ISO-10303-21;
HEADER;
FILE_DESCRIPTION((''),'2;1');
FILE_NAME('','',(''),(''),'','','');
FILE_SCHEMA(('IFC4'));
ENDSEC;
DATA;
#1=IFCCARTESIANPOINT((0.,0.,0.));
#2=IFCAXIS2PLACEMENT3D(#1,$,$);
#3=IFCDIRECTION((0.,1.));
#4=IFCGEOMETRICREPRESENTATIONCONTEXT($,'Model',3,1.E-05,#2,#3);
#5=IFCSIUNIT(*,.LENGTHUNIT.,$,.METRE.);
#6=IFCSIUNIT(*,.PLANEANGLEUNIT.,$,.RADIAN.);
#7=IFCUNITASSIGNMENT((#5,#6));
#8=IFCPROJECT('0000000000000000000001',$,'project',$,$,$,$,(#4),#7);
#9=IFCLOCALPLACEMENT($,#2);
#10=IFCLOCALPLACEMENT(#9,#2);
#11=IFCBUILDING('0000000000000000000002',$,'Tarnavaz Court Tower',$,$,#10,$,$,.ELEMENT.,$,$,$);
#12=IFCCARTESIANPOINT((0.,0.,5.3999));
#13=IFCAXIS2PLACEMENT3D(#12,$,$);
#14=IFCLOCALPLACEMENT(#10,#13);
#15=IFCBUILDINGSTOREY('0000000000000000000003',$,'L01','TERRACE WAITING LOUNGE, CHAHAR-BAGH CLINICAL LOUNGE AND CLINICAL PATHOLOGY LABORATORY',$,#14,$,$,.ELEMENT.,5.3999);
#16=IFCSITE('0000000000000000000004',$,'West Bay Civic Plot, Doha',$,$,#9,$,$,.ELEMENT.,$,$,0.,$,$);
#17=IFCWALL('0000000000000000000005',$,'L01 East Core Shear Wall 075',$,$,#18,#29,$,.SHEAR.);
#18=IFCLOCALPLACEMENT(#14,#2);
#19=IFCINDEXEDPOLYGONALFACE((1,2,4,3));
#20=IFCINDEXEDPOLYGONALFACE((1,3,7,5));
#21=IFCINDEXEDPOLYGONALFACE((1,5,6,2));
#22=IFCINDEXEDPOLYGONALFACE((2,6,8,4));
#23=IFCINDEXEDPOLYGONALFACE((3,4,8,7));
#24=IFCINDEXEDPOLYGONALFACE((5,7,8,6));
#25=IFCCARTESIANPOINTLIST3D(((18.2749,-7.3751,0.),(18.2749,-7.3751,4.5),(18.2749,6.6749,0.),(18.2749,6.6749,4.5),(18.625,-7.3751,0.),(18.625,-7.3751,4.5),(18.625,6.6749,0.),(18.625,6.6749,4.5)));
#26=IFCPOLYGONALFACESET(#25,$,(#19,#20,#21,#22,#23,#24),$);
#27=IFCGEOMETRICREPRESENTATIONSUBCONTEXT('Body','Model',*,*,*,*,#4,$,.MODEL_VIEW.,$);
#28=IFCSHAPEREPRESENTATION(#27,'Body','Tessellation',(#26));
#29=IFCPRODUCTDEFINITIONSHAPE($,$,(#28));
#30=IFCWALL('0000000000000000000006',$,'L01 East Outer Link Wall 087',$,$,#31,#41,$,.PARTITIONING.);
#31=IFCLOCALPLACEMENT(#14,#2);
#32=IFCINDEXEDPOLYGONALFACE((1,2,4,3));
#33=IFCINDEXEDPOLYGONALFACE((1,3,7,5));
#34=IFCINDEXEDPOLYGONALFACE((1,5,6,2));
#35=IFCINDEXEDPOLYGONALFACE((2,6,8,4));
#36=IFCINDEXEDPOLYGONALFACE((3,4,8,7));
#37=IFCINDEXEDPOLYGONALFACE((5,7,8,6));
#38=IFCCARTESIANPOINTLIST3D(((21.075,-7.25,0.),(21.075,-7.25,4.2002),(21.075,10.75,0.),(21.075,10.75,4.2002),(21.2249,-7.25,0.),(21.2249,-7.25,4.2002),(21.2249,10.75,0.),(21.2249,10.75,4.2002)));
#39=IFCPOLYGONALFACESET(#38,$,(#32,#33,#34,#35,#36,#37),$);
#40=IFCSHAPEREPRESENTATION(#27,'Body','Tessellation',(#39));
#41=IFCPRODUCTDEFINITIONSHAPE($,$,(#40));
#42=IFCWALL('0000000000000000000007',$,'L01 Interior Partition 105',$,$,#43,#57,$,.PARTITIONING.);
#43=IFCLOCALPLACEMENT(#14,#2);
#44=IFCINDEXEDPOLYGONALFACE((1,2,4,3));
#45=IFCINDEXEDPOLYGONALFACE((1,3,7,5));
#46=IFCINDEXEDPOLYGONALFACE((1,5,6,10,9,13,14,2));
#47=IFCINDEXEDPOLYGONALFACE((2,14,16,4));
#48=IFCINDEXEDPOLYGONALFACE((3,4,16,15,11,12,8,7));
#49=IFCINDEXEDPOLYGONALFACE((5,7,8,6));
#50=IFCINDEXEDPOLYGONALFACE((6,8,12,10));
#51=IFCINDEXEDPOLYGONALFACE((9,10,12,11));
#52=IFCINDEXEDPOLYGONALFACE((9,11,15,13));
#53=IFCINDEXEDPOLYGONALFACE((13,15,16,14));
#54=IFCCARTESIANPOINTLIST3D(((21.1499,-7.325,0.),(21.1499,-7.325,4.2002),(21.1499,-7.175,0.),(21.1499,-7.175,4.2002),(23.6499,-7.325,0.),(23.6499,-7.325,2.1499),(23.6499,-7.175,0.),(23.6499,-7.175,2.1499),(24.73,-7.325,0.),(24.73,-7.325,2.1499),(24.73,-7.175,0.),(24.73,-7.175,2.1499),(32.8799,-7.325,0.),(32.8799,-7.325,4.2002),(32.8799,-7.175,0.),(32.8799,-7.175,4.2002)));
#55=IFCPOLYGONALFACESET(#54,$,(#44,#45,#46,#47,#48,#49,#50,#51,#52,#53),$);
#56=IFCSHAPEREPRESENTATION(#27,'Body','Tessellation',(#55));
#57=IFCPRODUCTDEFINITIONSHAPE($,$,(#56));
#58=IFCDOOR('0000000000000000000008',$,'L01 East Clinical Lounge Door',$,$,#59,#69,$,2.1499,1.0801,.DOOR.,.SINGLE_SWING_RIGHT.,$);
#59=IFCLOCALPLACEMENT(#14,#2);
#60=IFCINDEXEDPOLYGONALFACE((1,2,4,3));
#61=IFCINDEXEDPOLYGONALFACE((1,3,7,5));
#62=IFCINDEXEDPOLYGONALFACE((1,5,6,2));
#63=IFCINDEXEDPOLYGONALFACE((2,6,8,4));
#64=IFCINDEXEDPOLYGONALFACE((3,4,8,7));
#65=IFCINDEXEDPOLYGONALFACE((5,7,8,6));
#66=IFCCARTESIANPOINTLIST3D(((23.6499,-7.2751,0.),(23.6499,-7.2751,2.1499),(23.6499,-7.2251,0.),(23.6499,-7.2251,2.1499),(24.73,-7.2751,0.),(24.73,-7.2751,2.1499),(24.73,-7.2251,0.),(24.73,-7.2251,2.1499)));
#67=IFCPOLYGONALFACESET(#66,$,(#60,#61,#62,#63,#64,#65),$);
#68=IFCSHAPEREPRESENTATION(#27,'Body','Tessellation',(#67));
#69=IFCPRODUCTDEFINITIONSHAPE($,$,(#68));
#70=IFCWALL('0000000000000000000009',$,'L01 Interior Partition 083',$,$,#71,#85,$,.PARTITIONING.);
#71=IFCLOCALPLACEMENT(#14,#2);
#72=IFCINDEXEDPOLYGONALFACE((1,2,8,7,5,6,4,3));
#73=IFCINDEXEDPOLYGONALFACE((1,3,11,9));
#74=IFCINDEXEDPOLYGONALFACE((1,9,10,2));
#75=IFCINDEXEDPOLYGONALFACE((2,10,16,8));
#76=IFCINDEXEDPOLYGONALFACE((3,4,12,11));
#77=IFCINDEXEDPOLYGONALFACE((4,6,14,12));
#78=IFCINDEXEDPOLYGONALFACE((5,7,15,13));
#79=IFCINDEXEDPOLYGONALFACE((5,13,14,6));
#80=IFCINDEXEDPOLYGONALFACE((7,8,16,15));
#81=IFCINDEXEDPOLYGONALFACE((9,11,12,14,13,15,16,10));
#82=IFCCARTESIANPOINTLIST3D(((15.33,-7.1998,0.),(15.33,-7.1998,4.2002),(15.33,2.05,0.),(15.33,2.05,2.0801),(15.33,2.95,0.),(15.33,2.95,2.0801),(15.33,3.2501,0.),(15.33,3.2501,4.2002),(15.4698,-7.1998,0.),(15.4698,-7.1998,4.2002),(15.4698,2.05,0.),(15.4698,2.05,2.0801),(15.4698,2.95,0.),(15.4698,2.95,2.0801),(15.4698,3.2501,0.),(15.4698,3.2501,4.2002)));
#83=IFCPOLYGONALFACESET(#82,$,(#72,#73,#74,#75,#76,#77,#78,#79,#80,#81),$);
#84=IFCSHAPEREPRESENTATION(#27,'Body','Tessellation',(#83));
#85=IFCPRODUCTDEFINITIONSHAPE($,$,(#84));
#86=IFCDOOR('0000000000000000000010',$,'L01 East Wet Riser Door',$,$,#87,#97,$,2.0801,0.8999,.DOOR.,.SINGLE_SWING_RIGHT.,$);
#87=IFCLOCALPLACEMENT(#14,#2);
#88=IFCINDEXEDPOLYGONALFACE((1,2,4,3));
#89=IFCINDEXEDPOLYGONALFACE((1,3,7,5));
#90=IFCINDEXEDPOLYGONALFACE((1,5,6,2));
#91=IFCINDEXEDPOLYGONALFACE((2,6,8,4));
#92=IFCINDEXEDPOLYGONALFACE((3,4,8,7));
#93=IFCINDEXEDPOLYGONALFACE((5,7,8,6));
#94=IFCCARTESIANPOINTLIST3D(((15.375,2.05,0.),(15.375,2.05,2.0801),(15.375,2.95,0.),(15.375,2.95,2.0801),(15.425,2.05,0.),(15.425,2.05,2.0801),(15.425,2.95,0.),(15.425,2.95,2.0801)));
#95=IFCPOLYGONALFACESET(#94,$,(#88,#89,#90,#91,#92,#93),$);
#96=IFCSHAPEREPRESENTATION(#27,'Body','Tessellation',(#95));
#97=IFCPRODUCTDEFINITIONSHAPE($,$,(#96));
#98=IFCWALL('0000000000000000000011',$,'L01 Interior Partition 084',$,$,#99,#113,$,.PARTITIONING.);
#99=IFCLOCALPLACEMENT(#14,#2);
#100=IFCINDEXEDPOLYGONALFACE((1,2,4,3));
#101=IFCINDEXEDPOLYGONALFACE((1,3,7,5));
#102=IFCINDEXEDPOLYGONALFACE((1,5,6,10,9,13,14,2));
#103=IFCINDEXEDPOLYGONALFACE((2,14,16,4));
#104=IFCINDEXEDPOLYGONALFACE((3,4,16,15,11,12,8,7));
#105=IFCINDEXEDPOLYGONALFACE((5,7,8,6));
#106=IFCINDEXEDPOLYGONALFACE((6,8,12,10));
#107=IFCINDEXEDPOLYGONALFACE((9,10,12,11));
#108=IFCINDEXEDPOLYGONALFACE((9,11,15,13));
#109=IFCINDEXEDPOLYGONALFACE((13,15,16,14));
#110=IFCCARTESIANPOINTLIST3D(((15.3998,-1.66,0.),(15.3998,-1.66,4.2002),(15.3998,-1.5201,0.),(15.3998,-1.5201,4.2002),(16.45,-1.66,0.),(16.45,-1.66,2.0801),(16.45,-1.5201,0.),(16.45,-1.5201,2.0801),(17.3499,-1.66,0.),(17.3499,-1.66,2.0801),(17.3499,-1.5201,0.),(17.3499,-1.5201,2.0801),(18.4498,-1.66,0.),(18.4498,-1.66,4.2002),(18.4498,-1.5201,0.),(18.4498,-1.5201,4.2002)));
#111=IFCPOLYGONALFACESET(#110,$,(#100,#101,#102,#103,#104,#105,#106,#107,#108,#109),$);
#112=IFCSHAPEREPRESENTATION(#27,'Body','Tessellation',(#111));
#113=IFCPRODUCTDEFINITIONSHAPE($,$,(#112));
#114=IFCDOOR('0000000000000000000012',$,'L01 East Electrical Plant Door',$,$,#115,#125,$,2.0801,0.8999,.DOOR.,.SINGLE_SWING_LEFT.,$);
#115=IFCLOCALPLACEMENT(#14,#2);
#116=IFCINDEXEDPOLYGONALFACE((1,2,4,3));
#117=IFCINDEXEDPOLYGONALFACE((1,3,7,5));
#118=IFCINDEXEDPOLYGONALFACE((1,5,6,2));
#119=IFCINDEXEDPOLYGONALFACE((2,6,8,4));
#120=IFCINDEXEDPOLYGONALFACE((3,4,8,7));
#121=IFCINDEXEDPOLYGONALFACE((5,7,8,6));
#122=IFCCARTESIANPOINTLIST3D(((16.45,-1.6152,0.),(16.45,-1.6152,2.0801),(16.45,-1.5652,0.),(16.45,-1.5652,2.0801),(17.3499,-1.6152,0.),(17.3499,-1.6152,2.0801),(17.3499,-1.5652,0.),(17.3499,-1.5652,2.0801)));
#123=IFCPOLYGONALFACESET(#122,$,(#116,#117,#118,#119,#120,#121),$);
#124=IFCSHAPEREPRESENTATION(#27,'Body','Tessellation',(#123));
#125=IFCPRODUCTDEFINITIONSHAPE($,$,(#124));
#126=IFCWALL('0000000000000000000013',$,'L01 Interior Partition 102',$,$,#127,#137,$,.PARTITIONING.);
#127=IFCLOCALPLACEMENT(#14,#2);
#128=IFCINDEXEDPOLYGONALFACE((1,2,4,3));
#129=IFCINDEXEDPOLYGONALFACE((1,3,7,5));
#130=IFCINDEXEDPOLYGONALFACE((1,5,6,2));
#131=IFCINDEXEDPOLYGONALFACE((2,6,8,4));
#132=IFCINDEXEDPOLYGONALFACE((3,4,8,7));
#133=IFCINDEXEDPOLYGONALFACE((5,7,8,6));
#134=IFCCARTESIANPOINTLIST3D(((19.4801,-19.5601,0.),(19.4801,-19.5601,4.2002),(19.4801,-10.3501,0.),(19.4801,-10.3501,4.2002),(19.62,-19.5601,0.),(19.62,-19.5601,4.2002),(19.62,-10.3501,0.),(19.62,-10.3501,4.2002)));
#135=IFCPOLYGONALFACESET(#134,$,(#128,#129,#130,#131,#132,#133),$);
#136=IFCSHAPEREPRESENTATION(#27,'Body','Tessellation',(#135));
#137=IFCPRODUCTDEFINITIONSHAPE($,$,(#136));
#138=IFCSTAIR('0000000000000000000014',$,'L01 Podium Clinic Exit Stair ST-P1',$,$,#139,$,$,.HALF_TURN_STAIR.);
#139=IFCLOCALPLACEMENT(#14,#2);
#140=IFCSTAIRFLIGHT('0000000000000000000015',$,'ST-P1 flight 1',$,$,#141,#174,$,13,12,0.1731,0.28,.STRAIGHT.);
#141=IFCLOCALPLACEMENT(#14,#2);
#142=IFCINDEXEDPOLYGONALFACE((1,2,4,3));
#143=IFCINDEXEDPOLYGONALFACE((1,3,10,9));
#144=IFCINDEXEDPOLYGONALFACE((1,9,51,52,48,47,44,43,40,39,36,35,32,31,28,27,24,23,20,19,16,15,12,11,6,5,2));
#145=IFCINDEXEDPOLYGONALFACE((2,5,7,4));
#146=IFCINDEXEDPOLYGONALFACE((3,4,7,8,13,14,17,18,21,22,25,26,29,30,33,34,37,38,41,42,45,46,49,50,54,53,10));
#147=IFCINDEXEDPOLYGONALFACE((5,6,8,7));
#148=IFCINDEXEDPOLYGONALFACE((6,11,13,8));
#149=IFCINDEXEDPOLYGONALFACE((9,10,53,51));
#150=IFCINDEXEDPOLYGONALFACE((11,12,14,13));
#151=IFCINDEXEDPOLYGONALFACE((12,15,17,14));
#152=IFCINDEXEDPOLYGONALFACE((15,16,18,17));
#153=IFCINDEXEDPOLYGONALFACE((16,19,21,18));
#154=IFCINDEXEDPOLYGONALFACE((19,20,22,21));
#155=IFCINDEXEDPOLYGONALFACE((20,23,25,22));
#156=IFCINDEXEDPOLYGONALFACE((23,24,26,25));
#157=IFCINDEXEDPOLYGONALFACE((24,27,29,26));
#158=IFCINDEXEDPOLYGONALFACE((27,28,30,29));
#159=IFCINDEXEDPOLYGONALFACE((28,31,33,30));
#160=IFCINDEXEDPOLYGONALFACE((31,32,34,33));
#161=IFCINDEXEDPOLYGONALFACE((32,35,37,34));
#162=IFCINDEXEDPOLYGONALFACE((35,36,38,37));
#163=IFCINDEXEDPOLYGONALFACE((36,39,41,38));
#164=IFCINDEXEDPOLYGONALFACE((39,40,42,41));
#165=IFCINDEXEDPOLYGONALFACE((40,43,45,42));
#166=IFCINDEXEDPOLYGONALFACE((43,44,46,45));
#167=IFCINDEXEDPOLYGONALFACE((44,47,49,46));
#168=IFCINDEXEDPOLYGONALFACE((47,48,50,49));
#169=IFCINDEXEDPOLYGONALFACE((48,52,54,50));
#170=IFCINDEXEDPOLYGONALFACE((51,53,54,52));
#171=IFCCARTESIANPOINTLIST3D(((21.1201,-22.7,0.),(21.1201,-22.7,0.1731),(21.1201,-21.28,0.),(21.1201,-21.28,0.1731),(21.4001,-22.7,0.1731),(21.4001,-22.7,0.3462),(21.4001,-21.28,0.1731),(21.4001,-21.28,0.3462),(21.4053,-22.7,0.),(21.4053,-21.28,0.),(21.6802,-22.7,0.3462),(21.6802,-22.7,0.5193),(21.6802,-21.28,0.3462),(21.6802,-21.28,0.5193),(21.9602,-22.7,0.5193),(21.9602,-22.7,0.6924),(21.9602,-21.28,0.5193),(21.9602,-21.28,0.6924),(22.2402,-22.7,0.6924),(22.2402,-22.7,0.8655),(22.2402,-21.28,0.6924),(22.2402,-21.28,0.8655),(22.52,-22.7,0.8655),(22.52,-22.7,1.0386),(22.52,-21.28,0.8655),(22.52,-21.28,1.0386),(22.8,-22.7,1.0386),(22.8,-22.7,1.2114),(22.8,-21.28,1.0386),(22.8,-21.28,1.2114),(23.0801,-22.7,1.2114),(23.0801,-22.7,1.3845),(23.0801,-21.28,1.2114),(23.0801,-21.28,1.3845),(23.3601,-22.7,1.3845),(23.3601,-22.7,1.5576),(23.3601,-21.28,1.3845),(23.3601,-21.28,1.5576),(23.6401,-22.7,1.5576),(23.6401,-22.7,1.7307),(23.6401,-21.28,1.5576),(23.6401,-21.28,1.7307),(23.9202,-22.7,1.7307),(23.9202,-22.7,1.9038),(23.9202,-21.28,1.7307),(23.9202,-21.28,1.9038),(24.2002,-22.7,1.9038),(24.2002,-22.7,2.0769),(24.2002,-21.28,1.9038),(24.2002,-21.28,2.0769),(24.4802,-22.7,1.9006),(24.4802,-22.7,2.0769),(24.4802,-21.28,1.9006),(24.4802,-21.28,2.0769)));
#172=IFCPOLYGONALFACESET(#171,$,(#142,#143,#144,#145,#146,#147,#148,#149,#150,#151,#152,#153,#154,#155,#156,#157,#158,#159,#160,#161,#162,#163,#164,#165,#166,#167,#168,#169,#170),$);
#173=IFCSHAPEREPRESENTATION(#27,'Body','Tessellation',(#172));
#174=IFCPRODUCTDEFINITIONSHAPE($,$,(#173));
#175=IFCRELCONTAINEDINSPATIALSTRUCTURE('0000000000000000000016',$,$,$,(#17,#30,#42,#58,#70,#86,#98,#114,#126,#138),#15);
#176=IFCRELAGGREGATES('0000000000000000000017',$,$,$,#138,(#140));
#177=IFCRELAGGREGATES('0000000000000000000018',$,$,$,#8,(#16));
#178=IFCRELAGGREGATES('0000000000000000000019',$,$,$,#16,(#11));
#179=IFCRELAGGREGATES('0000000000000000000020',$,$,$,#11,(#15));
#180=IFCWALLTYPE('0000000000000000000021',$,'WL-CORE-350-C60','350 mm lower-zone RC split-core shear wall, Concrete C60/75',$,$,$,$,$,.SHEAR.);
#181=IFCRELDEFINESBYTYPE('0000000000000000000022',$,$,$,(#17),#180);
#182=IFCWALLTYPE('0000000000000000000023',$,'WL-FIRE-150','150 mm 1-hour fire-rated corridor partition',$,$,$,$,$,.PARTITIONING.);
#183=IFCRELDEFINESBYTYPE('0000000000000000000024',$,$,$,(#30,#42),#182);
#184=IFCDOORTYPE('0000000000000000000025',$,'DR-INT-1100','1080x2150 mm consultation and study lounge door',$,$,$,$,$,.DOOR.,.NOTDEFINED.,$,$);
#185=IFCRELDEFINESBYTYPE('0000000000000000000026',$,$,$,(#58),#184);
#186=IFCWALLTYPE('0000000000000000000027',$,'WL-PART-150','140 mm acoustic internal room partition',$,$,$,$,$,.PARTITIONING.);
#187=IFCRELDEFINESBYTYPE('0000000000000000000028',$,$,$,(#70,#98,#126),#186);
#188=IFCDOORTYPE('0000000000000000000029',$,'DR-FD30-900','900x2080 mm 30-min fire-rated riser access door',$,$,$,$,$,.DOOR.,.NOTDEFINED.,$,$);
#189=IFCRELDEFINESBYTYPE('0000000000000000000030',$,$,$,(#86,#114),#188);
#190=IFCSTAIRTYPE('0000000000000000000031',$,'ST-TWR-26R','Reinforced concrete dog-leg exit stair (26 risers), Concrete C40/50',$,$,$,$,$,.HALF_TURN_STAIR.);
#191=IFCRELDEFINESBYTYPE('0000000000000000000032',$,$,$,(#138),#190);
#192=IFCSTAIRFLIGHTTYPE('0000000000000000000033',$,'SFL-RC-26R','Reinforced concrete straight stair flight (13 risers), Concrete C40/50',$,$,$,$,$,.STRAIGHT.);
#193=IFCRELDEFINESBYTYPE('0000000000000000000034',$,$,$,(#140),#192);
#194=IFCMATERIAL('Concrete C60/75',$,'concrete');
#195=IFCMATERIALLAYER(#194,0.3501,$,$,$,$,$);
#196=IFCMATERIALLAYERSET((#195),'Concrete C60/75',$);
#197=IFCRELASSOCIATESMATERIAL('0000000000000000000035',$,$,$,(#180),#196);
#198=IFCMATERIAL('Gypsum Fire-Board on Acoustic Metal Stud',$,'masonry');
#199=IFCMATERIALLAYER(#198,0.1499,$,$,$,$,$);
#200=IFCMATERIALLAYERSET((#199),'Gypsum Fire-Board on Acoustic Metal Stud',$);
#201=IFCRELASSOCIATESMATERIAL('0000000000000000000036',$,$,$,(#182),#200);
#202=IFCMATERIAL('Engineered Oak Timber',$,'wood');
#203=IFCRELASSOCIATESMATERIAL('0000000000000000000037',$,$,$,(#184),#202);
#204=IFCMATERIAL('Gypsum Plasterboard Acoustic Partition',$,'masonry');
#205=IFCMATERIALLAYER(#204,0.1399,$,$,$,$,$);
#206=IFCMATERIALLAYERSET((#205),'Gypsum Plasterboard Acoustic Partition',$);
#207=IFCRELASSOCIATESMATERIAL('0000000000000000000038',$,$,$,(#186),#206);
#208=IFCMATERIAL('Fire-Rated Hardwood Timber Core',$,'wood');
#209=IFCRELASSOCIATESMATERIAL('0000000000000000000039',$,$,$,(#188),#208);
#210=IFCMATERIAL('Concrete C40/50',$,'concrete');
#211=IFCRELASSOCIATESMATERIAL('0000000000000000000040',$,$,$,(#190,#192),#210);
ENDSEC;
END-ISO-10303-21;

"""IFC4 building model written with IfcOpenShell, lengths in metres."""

from ifc_helpers import new_model, si_unit, direction, frame, frame_2d, origin, place, context, subcontext, project, spatial, polyline, rectangle, outline, extrude, material, layer, layer_set, type_object, element, fill, aggregate, save


model = new_model("IFC4")

# Units and contexts
model_context = context("Model", 3, precision=1e-05, world=origin(), true_north=direction((0.0, 1.0)))
body_context = subcontext(model_context, "Body", "Model", "MODEL_VIEW")
ifc_project = project(units=[si_unit("LENGTHUNIT", "METRE"), si_unit("PLANEANGLEUNIT", "RADIAN")], contexts=[model_context])

# Site, building, storey
site_placement = place(None, origin())
site = spatial("IfcSite", under=ifc_project, at=site_placement, Name="West Bay Civic Plot, Doha", CompositionType="ELEMENT", RefElevation=0.0)
building_placement = place(site_placement, origin())
building = spatial("IfcBuilding", under=site, at=building_placement, Name="Tarnavaz Court Tower", CompositionType="ELEMENT")
storey_placement = place(building_placement, frame((0.0, 0.0, 5.3999)))
storey = spatial("IfcBuildingStorey", under=building, at=storey_placement, Name="L01", Description="TERRACE WAITING LOUNGE, CHAHAR-BAGH CLINICAL LOUNGE AND CLINICAL PATHOLOGY LABORATORY", CompositionType="ELEMENT", Elevation=5.3999)

# Shared definitions
ifc_material_1 = material(Name="Concrete C60/75", Category="concrete")

# Shared definitions
ifc_material_2 = material(Name="Fire-Rated Hardwood Timber Core", Category="wood")

# Walls
ifc_layer_1 = layer(ifc_material_1, 0.3501)
ifc_layer_set_1 = layer_set([ifc_layer_1], Name="Concrete C60/75")
wall_type_1 = type_object("IfcWallType", Name="WL-CORE-350-C60", Description="350 mm lower-zone RC split-core shear wall, Concrete C60/75", PredefinedType="SHEAR", material=ifc_layer_set_1)
wall_1_placement = place(storey_placement, frame((18.45, -7.375, 0.0), z_axis=(0.0, 0.0, 1.0), x_axis=(0.0, 1.0, 0.0)))
element("IfcWall", 1, at=wall_1_placement, inside=storey, type_object=wall_type_1, Name="L01 East Core Shear Wall 075", PredefinedType="SHEAR", context=body_context, shape_type="SweptSolid", body=[
    extrude(rectangle(XDim=14.05, YDim=0.3501, at=frame_2d((7.0249, 0.0))), origin(), (0.0, 0.0, 1.0), 4.5),
])
ifc_material_3 = material(Name="Gypsum Fire-Board on Acoustic Metal Stud", Category="masonry")
ifc_layer_2 = layer(ifc_material_3, 0.1499)
ifc_layer_set_2 = layer_set([ifc_layer_2], Name="Gypsum Fire-Board on Acoustic Metal Stud")
wall_type_2 = type_object("IfcWallType", Name="WL-FIRE-150", Description="150 mm 1-hour fire-rated corridor partition", PredefinedType="PARTITIONING", material=ifc_layer_set_2)
wall_2_placement = place(storey_placement, frame((21.1499, -7.25, 0.0), z_axis=(0.0, 0.0, 1.0), x_axis=(0.0, 1.0, 0.0)))
element("IfcWall", 2, at=wall_2_placement, inside=storey, type_object=wall_type_2, Name="L01 East Outer Link Wall 087", PredefinedType="PARTITIONING", context=body_context, shape_type="SweptSolid", body=[
    extrude(rectangle(XDim=18.0, YDim=0.1499, at=frame_2d((9.0, 0.0))), origin(), (0.0, 0.0, 1.0), 4.2002),
])

# Walls, openings, doors
wall_3_placement = place(storey_placement, frame((21.1499, -7.25, 0.0), z_axis=(0.0, 0.0, 1.0), x_axis=(1.0, 0.0, 0.0)))
wall_3 = element("IfcWall", 3, at=wall_3_placement, inside=storey, type_object=wall_type_2, Name="L01 Interior Partition 105", PredefinedType="PARTITIONING", context=body_context, shape_type="SweptSolid", body=[
    extrude(rectangle(XDim=11.73, YDim=0.1499, at=frame_2d((5.865, 0.0))), origin(), (0.0, 0.0, 1.0), 4.2002),
])
opening_1_placement = place(wall_3_placement, frame((2.5, 0.0, 0.0)))
opening_1 = element("IfcOpeningElement", 4, at=opening_1_placement, cuts=wall_3, PredefinedType="OPENING", context=body_context, shape_type="SweptSolid", body=[
    extrude(rectangle(XDim=1.0801, YDim=2.1499, at=frame_2d((0.54, 1.075))), frame((0.0, 0.085, 0.0), z_axis=(0.0, -1.0, 0.0), x_axis=(1.0, 0.0, 0.0)), (0.0, 0.0, 1.0), 0.1699),
])
ifc_material_4 = material(Name="Engineered Oak Timber", Category="wood")
door_type_1 = type_object("IfcDoorType", Name="DR-INT-1100", Description="1080x2150 mm consultation and study lounge door", OperationType="NOTDEFINED", PredefinedType="DOOR", material=ifc_material_4)
door_1_placement = place(opening_1_placement, origin())
door_1 = element("IfcDoor", 5, at=door_1_placement, inside=storey, type_object=door_type_1, Name="L01 East Clinical Lounge Door", OperationType="SINGLE_SWING_RIGHT", OverallHeight=2.1499, OverallWidth=1.0801, PredefinedType="DOOR", context=body_context, shape_type="SweptSolid", body=[
    extrude(rectangle(XDim=1.0801, YDim=2.1499, at=frame_2d((0.54, 1.075))), frame((0.0, 0.0249, 0.0), z_axis=(0.0, -1.0, 0.0), x_axis=(1.0, 0.0, 0.0)), (0.0, 0.0, 1.0), 0.05),
])
fill(opening_1, door_1)
ifc_material_5 = material(Name="Gypsum Plasterboard Acoustic Partition", Category="masonry")
ifc_layer_3 = layer(ifc_material_5, 0.1399)
ifc_layer_set_3 = layer_set([ifc_layer_3], Name="Gypsum Plasterboard Acoustic Partition")
wall_type_3 = type_object("IfcWallType", Name="WL-PART-150", Description="140 mm acoustic internal room partition", PredefinedType="PARTITIONING", material=ifc_layer_set_3)
wall_4_placement = place(storey_placement, frame((15.3999, -7.2, 0.0), z_axis=(0.0, 0.0, 1.0), x_axis=(0.0, 1.0, 0.0)))
wall_4 = element("IfcWall", 6, at=wall_4_placement, inside=storey, type_object=wall_type_3, Name="L01 Interior Partition 083", PredefinedType="PARTITIONING", context=body_context, shape_type="SweptSolid", body=[
    extrude(rectangle(XDim=10.45, YDim=0.1399, at=frame_2d((5.2251, 0.0))), origin(), (0.0, 0.0, 1.0), 4.2002),
])
opening_2_placement = place(wall_4_placement, frame((9.25, 0.0, 0.0)))
opening_2 = element("IfcOpeningElement", 7, at=opening_2_placement, cuts=wall_4, PredefinedType="OPENING", context=body_context, shape_type="SweptSolid", body=[
    extrude(rectangle(XDim=0.8999, YDim=2.0801, at=frame_2d((0.45, 1.04))), frame((0.0, 0.0798, 0.0), z_axis=(0.0, -1.0, 0.0), x_axis=(1.0, 0.0, 0.0)), (0.0, 0.0, 1.0), 0.1599),
])
door_type_2 = type_object("IfcDoorType", Name="DR-FD30-900", Description="900x2080 mm 30-min fire-rated riser access door", OperationType="NOTDEFINED", PredefinedType="DOOR", material=ifc_material_2)
door_2_placement = place(opening_2_placement, origin())
door_2 = element("IfcDoor", 8, at=door_2_placement, inside=storey, type_object=door_type_2, Name="L01 East Wet Riser Door", OperationType="SINGLE_SWING_RIGHT", OverallHeight=2.0801, OverallWidth=0.8999, PredefinedType="DOOR", context=body_context, shape_type="SweptSolid", body=[
    extrude(rectangle(XDim=0.8999, YDim=2.0801, at=frame_2d((0.45, 1.04))), frame((0.0, 0.0249, 0.0), z_axis=(0.0, -1.0, 0.0), x_axis=(1.0, 0.0, 0.0)), (0.0, 0.0, 1.0), 0.05),
])
fill(opening_2, door_2)
wall_5_placement = place(storey_placement, frame((15.3999, -1.5901, 0.0), z_axis=(0.0, 0.0, 1.0), x_axis=(1.0, 0.0, 0.0)))
wall_5 = element("IfcWall", 9, at=wall_5_placement, inside=storey, type_object=wall_type_3, Name="L01 Interior Partition 084", PredefinedType="PARTITIONING", context=body_context, shape_type="SweptSolid", body=[
    extrude(rectangle(XDim=3.05, YDim=0.1399, at=frame_2d((1.5249, 0.0))), origin(), (0.0, 0.0, 1.0), 4.2002),
])
opening_3_placement = place(wall_5_placement, frame((1.05, 0.0, 0.0)))
opening_3 = element("IfcOpeningElement", 10, at=opening_3_placement, cuts=wall_5, PredefinedType="OPENING", context=body_context, shape_type="SweptSolid", body=[
    extrude(rectangle(XDim=0.8999, YDim=2.0801, at=frame_2d((0.45, 1.04))), frame((0.0, 0.0798, 0.0), z_axis=(0.0, -1.0, 0.0), x_axis=(1.0, 0.0, 0.0)), (0.0, 0.0, 1.0), 0.1599),
])
door_3_placement = place(opening_3_placement, origin())
door_3 = element("IfcDoor", 11, at=door_3_placement, inside=storey, type_object=door_type_2, Name="L01 East Electrical Plant Door", OperationType="SINGLE_SWING_LEFT", OverallHeight=2.0801, OverallWidth=0.8999, PredefinedType="DOOR", context=body_context, shape_type="SweptSolid", body=[
    extrude(rectangle(XDim=0.8999, YDim=2.0801, at=frame_2d((0.45, 1.04))), frame((0.0, 0.0249, 0.0), z_axis=(0.0, -1.0, 0.0), x_axis=(1.0, 0.0, 0.0)), (0.0, 0.0, 1.0), 0.05),
])
fill(opening_3, door_3)

# Wall
wall_6_placement = place(storey_placement, frame((19.55, -19.5601, 0.0), z_axis=(0.0, 0.0, 1.0), x_axis=(0.0, 1.0, 0.0)))
element("IfcWall", 12, at=wall_6_placement, inside=storey, type_object=wall_type_3, Name="L01 Interior Partition 102", PredefinedType="PARTITIONING", context=body_context, shape_type="SweptSolid", body=[
    extrude(rectangle(XDim=9.21, YDim=0.1399, at=frame_2d((4.605, 0.0))), origin(), (0.0, 0.0, 1.0), 4.2002),
])

# Stair, stair flight
ifc_material_6 = material(Name="Concrete C40/50", Category="concrete")
stair_type = type_object("IfcStairType", Name="ST-TWR-26R", Description="Reinforced concrete dog-leg exit stair (26 risers), Concrete C40/50", PredefinedType="HALF_TURN_STAIR", material=ifc_material_6)
stair_placement = place(storey_placement, origin())
stair = element("IfcStair", 13, at=stair_placement, inside=storey, type_object=stair_type, Name="L01 Podium Clinic Exit Stair ST-P1", PredefinedType="HALF_TURN_STAIR")
stair_flight_type = type_object("IfcStairFlightType", Name="SFL-RC-26R", Description="Reinforced concrete straight stair flight (13 risers), Concrete C40/50", PredefinedType="STRAIGHT", material=ifc_material_6)
stair_flight_1_placement = place(storey_placement, frame((21.1201, -21.99, 0.0), z_axis=(0.0, 0.0, 1.0), x_axis=(1.0, 0.0, 0.0)))
stair_flight_1 = element("IfcStairFlight", 14, at=stair_flight_1_placement, type_object=stair_flight_type, Name="ST-P1 flight 1", NumberOfRisers=13, NumberOfTreads=12, PredefinedType="STRAIGHT", RiserHeight=0.1731, TreadLength=0.28, context=body_context, shape_type="SweptSolid", body=[
    extrude(outline(polyline([(0.0, 0.0), (0.0, 0.1731), (0.28, 0.1731), (0.28, 0.3462), (0.5601, 0.3462), (0.5601, 0.5193), (0.8401, 0.5193), (0.8401, 0.6924), (1.1201, 0.6924), (1.1201, 0.8655), (1.3999, 0.8655), (1.3999, 1.0386), (1.6799, 1.0386), (1.6799, 1.2114), (1.96, 1.2114), (1.96, 1.3845), (2.24, 1.3845), (2.24, 1.5576), (2.52, 1.5576), (2.52, 1.7307), (2.8, 1.7307), (2.8, 1.9038), (3.0801, 1.9038), (3.0801, 2.0769), (3.3601, 2.0769), (3.3601, 2.25), (3.3601, 1.9006), (0.2852, 0.0), (0.0, 0.0)])), frame((0.0, 0.71, 0.0), z_axis=(0.0, -1.0, 0.0), x_axis=(1.0, 0.0, 0.0)), (0.0, 0.0, 1.0), 1.4199),
])
aggregate(stair, [stair_flight_1])

save(model, "model.ifc")
